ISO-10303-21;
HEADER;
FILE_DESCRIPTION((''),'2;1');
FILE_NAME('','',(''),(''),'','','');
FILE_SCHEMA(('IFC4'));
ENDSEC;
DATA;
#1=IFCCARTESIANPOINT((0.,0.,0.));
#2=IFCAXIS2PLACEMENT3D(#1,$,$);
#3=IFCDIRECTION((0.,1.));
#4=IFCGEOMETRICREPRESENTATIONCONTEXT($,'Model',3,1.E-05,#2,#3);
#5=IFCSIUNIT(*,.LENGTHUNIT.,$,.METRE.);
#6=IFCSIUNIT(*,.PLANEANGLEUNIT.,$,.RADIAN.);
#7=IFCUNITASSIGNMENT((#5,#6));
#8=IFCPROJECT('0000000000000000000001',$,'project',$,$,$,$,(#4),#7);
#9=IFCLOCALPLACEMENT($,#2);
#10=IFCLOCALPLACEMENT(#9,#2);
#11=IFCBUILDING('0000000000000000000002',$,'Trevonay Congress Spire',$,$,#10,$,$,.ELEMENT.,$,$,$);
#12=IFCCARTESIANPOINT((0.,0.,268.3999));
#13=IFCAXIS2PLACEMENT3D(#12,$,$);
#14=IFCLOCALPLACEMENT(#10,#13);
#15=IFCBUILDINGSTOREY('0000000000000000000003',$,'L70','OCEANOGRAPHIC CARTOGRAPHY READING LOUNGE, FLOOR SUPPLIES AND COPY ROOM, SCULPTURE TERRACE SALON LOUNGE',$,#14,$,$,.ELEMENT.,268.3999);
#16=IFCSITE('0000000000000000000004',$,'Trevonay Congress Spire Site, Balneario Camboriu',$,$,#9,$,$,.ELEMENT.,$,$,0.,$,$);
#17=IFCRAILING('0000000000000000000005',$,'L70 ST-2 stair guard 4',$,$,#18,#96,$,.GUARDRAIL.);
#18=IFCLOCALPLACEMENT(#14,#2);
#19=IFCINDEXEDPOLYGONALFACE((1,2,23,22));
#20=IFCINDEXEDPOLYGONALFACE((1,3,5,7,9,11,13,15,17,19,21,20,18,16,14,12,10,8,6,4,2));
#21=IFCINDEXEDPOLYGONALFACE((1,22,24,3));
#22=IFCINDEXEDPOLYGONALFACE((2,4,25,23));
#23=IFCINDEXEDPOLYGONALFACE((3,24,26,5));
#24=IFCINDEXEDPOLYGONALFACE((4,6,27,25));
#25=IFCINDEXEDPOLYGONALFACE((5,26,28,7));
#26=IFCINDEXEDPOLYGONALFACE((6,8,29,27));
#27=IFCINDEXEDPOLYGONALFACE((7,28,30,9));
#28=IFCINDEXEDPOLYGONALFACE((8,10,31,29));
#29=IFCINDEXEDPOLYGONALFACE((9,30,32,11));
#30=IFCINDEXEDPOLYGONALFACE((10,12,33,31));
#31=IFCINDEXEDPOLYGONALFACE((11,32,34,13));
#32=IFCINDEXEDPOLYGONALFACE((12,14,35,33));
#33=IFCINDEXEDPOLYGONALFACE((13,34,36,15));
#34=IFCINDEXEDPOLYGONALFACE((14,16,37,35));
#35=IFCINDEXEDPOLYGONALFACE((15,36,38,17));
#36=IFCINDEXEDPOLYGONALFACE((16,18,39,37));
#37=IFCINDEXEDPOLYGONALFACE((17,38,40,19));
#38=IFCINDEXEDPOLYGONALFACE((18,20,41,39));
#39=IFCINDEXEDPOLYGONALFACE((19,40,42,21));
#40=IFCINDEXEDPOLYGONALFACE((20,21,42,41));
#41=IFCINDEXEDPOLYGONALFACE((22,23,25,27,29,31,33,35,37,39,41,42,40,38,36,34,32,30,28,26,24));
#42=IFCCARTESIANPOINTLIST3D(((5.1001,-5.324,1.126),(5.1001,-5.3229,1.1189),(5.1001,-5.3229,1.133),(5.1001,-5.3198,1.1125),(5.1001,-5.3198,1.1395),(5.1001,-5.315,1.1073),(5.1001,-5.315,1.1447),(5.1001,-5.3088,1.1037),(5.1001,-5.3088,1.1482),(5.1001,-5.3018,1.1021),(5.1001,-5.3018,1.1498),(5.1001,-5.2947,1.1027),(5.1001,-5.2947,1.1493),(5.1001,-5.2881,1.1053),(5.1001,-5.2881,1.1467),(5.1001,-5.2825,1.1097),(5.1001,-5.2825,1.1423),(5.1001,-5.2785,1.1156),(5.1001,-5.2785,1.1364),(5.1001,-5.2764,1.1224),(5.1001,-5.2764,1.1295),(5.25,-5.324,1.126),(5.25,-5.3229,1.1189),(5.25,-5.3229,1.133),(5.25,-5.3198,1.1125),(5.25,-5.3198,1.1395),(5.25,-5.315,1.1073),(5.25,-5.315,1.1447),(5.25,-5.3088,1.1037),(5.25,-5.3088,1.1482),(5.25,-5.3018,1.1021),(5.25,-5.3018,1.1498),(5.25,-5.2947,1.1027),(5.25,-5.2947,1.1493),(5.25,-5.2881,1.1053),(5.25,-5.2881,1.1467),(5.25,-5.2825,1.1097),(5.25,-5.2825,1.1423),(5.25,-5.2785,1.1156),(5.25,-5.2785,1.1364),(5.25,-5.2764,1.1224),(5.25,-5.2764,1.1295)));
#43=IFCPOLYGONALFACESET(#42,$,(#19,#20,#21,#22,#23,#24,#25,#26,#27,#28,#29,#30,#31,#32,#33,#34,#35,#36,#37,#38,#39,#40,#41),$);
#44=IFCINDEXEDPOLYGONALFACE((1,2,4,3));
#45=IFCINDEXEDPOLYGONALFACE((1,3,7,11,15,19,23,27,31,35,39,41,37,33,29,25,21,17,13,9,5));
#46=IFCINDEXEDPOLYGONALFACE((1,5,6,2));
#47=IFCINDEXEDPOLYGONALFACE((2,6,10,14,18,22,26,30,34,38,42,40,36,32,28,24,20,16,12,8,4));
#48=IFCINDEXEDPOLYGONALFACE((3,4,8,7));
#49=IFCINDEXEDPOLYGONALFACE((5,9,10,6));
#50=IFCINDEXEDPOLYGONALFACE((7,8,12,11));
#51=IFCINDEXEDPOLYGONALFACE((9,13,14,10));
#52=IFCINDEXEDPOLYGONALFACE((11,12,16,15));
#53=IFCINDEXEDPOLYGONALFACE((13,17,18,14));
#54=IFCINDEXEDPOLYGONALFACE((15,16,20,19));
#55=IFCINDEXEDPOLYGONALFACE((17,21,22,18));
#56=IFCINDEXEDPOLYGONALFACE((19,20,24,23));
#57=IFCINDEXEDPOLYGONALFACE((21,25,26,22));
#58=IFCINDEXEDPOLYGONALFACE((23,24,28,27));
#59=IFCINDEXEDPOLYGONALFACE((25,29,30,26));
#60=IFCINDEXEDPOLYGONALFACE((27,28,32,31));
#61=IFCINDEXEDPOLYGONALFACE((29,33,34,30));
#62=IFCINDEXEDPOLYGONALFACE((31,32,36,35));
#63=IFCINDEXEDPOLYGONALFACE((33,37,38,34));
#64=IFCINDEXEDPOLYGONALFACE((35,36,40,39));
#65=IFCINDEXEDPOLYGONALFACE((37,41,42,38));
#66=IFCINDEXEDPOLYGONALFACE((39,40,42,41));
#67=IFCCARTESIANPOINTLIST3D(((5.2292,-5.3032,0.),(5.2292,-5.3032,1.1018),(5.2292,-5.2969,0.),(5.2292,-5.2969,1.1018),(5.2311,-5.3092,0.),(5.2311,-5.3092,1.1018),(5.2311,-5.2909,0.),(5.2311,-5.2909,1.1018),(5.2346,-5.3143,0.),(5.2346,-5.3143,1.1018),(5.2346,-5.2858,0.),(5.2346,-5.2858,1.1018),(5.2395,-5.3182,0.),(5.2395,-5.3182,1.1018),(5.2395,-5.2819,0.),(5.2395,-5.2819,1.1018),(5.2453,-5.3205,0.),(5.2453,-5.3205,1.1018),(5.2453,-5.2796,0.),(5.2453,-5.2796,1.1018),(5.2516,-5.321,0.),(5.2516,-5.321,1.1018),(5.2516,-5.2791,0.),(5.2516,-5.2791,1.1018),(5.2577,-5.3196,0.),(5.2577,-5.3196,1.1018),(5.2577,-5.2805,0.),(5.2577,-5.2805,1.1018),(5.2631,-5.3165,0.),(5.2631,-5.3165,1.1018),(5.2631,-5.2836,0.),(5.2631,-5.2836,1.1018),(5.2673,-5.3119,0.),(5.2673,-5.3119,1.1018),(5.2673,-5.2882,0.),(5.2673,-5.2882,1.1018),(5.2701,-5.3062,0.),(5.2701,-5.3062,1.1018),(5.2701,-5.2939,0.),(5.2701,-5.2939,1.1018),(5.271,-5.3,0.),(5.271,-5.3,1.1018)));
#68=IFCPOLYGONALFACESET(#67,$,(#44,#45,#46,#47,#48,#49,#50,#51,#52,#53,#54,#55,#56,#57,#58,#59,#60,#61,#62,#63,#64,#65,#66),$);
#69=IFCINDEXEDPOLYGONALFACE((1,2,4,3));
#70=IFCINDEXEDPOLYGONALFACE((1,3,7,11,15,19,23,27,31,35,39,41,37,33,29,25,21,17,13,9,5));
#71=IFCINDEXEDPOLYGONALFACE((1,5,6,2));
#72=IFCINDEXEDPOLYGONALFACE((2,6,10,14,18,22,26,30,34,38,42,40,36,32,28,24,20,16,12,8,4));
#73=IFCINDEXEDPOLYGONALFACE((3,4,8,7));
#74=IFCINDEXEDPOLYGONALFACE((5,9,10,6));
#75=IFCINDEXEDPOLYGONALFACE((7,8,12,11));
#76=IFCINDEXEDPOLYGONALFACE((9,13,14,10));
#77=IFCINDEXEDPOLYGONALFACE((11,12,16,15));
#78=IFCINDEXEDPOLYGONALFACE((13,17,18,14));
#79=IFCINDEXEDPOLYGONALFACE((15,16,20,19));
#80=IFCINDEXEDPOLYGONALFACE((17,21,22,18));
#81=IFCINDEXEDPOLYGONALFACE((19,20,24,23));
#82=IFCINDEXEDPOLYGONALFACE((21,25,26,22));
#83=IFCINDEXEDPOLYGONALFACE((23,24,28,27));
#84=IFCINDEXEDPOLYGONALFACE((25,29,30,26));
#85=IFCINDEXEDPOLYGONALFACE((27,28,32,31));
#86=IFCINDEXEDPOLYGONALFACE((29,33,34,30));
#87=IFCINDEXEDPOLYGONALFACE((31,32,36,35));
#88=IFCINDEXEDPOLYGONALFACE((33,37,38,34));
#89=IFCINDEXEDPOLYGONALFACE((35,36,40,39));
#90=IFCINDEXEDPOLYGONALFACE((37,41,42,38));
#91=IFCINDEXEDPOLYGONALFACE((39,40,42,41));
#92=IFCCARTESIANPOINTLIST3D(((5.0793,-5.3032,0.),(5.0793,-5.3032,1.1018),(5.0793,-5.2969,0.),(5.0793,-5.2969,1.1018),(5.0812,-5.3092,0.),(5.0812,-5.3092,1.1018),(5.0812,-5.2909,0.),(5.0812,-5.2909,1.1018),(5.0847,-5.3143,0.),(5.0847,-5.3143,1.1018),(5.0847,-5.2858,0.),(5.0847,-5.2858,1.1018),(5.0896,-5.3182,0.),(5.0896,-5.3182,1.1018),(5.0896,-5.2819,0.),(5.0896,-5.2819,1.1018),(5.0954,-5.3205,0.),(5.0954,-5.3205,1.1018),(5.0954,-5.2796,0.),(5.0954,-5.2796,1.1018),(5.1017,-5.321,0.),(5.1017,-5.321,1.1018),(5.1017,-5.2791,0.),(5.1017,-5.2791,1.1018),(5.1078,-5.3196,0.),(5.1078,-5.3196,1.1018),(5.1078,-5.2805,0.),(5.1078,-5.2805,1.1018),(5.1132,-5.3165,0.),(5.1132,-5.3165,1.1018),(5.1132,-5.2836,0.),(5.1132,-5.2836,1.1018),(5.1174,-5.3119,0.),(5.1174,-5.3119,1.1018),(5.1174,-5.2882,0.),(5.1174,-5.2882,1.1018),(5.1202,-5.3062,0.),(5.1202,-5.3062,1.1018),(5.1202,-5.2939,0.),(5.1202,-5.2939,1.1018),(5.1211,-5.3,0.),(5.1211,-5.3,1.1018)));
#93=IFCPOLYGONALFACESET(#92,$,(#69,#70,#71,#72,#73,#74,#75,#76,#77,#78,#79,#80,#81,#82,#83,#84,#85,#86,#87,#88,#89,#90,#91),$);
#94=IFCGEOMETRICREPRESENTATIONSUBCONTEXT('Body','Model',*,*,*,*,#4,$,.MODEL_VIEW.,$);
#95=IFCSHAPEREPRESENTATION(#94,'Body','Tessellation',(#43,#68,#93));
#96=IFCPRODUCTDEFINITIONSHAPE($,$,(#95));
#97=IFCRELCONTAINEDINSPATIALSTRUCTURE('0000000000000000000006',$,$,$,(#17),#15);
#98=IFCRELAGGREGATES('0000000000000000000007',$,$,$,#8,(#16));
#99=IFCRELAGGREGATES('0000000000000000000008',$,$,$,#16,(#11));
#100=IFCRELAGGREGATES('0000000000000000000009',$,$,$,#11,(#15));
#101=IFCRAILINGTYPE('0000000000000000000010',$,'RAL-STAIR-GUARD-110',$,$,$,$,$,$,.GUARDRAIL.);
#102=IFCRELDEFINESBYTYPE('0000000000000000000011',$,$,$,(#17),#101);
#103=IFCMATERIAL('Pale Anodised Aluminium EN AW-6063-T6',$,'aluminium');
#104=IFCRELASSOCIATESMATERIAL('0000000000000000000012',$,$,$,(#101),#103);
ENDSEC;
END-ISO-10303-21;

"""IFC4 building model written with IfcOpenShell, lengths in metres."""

from ifc_helpers import new_model, si_unit, direction, frame, origin, origin_2d, place, context, subcontext, project, spatial, circle, extrude, material, type_object, element, save


model = new_model("IFC4")

# Units and contexts
model_context = context("Model", 3, precision=1e-05, world=origin(), true_north=direction((0.0, 1.0)))
body_context = subcontext(model_context, "Body", "Model", "MODEL_VIEW")
ifc_project = project(units=[si_unit("LENGTHUNIT", "METRE"), si_unit("PLANEANGLEUNIT", "RADIAN")], contexts=[model_context])

# Site, building, storey
site_placement = place(None, origin())
site = spatial("IfcSite", under=ifc_project, at=site_placement, Name="Trevonay Congress Spire Site, Balneario Camboriu", CompositionType="ELEMENT", RefElevation=0.0)
building_placement = place(site_placement, origin())
building = spatial("IfcBuilding", under=site, at=building_placement, Name="Trevonay Congress Spire", CompositionType="ELEMENT")
storey_placement = place(building_placement, frame((0.0, 0.0, 268.3999)))
storey = spatial("IfcBuildingStorey", under=building, at=storey_placement, Name="L70", Description="OCEANOGRAPHIC CARTOGRAPHY READING LOUNGE, FLOOR SUPPLIES AND COPY ROOM, SCULPTURE TERRACE SALON LOUNGE", CompositionType="ELEMENT", Elevation=268.3999)

# Shared definitions
ifc_material_1 = material(Name="Pale Anodised Aluminium EN AW-6063-T6", Category="aluminium")

# Railing
railing_type_1 = type_object("IfcRailingType", Name="RAL-STAIR-GUARD-110", PredefinedType="GUARDRAIL", material=ifc_material_1)
railing_1_placement = place(storey_placement, frame((5.25, -5.3, 0.0)))
element("IfcRailing", 1, at=railing_1_placement, inside=storey, type_object=railing_type_1, Name="L70 ST-2 stair guard 4", PredefinedType="GUARDRAIL", context=body_context, shape_type="SweptSolid", body=[
    extrude(circle(Radius=0.0239, at=origin_2d()), frame((0.0, 0.0, 1.126), z_axis=(-1.0, 0.0, 0.0), x_axis=(0.0, -1.0, 0.0)), (0.0, 0.0, 1.0), 0.1499),
    extrude(circle(Radius=0.021, at=origin_2d()), origin(), (0.0, 0.0, 1.0), 1.1018),
    extrude(circle(Radius=0.021, at=origin_2d()), frame((-0.1499, 0.0, 0.0)), (0.0, 0.0, 1.0), 1.1018),
])

save(model, "model.ifc")
